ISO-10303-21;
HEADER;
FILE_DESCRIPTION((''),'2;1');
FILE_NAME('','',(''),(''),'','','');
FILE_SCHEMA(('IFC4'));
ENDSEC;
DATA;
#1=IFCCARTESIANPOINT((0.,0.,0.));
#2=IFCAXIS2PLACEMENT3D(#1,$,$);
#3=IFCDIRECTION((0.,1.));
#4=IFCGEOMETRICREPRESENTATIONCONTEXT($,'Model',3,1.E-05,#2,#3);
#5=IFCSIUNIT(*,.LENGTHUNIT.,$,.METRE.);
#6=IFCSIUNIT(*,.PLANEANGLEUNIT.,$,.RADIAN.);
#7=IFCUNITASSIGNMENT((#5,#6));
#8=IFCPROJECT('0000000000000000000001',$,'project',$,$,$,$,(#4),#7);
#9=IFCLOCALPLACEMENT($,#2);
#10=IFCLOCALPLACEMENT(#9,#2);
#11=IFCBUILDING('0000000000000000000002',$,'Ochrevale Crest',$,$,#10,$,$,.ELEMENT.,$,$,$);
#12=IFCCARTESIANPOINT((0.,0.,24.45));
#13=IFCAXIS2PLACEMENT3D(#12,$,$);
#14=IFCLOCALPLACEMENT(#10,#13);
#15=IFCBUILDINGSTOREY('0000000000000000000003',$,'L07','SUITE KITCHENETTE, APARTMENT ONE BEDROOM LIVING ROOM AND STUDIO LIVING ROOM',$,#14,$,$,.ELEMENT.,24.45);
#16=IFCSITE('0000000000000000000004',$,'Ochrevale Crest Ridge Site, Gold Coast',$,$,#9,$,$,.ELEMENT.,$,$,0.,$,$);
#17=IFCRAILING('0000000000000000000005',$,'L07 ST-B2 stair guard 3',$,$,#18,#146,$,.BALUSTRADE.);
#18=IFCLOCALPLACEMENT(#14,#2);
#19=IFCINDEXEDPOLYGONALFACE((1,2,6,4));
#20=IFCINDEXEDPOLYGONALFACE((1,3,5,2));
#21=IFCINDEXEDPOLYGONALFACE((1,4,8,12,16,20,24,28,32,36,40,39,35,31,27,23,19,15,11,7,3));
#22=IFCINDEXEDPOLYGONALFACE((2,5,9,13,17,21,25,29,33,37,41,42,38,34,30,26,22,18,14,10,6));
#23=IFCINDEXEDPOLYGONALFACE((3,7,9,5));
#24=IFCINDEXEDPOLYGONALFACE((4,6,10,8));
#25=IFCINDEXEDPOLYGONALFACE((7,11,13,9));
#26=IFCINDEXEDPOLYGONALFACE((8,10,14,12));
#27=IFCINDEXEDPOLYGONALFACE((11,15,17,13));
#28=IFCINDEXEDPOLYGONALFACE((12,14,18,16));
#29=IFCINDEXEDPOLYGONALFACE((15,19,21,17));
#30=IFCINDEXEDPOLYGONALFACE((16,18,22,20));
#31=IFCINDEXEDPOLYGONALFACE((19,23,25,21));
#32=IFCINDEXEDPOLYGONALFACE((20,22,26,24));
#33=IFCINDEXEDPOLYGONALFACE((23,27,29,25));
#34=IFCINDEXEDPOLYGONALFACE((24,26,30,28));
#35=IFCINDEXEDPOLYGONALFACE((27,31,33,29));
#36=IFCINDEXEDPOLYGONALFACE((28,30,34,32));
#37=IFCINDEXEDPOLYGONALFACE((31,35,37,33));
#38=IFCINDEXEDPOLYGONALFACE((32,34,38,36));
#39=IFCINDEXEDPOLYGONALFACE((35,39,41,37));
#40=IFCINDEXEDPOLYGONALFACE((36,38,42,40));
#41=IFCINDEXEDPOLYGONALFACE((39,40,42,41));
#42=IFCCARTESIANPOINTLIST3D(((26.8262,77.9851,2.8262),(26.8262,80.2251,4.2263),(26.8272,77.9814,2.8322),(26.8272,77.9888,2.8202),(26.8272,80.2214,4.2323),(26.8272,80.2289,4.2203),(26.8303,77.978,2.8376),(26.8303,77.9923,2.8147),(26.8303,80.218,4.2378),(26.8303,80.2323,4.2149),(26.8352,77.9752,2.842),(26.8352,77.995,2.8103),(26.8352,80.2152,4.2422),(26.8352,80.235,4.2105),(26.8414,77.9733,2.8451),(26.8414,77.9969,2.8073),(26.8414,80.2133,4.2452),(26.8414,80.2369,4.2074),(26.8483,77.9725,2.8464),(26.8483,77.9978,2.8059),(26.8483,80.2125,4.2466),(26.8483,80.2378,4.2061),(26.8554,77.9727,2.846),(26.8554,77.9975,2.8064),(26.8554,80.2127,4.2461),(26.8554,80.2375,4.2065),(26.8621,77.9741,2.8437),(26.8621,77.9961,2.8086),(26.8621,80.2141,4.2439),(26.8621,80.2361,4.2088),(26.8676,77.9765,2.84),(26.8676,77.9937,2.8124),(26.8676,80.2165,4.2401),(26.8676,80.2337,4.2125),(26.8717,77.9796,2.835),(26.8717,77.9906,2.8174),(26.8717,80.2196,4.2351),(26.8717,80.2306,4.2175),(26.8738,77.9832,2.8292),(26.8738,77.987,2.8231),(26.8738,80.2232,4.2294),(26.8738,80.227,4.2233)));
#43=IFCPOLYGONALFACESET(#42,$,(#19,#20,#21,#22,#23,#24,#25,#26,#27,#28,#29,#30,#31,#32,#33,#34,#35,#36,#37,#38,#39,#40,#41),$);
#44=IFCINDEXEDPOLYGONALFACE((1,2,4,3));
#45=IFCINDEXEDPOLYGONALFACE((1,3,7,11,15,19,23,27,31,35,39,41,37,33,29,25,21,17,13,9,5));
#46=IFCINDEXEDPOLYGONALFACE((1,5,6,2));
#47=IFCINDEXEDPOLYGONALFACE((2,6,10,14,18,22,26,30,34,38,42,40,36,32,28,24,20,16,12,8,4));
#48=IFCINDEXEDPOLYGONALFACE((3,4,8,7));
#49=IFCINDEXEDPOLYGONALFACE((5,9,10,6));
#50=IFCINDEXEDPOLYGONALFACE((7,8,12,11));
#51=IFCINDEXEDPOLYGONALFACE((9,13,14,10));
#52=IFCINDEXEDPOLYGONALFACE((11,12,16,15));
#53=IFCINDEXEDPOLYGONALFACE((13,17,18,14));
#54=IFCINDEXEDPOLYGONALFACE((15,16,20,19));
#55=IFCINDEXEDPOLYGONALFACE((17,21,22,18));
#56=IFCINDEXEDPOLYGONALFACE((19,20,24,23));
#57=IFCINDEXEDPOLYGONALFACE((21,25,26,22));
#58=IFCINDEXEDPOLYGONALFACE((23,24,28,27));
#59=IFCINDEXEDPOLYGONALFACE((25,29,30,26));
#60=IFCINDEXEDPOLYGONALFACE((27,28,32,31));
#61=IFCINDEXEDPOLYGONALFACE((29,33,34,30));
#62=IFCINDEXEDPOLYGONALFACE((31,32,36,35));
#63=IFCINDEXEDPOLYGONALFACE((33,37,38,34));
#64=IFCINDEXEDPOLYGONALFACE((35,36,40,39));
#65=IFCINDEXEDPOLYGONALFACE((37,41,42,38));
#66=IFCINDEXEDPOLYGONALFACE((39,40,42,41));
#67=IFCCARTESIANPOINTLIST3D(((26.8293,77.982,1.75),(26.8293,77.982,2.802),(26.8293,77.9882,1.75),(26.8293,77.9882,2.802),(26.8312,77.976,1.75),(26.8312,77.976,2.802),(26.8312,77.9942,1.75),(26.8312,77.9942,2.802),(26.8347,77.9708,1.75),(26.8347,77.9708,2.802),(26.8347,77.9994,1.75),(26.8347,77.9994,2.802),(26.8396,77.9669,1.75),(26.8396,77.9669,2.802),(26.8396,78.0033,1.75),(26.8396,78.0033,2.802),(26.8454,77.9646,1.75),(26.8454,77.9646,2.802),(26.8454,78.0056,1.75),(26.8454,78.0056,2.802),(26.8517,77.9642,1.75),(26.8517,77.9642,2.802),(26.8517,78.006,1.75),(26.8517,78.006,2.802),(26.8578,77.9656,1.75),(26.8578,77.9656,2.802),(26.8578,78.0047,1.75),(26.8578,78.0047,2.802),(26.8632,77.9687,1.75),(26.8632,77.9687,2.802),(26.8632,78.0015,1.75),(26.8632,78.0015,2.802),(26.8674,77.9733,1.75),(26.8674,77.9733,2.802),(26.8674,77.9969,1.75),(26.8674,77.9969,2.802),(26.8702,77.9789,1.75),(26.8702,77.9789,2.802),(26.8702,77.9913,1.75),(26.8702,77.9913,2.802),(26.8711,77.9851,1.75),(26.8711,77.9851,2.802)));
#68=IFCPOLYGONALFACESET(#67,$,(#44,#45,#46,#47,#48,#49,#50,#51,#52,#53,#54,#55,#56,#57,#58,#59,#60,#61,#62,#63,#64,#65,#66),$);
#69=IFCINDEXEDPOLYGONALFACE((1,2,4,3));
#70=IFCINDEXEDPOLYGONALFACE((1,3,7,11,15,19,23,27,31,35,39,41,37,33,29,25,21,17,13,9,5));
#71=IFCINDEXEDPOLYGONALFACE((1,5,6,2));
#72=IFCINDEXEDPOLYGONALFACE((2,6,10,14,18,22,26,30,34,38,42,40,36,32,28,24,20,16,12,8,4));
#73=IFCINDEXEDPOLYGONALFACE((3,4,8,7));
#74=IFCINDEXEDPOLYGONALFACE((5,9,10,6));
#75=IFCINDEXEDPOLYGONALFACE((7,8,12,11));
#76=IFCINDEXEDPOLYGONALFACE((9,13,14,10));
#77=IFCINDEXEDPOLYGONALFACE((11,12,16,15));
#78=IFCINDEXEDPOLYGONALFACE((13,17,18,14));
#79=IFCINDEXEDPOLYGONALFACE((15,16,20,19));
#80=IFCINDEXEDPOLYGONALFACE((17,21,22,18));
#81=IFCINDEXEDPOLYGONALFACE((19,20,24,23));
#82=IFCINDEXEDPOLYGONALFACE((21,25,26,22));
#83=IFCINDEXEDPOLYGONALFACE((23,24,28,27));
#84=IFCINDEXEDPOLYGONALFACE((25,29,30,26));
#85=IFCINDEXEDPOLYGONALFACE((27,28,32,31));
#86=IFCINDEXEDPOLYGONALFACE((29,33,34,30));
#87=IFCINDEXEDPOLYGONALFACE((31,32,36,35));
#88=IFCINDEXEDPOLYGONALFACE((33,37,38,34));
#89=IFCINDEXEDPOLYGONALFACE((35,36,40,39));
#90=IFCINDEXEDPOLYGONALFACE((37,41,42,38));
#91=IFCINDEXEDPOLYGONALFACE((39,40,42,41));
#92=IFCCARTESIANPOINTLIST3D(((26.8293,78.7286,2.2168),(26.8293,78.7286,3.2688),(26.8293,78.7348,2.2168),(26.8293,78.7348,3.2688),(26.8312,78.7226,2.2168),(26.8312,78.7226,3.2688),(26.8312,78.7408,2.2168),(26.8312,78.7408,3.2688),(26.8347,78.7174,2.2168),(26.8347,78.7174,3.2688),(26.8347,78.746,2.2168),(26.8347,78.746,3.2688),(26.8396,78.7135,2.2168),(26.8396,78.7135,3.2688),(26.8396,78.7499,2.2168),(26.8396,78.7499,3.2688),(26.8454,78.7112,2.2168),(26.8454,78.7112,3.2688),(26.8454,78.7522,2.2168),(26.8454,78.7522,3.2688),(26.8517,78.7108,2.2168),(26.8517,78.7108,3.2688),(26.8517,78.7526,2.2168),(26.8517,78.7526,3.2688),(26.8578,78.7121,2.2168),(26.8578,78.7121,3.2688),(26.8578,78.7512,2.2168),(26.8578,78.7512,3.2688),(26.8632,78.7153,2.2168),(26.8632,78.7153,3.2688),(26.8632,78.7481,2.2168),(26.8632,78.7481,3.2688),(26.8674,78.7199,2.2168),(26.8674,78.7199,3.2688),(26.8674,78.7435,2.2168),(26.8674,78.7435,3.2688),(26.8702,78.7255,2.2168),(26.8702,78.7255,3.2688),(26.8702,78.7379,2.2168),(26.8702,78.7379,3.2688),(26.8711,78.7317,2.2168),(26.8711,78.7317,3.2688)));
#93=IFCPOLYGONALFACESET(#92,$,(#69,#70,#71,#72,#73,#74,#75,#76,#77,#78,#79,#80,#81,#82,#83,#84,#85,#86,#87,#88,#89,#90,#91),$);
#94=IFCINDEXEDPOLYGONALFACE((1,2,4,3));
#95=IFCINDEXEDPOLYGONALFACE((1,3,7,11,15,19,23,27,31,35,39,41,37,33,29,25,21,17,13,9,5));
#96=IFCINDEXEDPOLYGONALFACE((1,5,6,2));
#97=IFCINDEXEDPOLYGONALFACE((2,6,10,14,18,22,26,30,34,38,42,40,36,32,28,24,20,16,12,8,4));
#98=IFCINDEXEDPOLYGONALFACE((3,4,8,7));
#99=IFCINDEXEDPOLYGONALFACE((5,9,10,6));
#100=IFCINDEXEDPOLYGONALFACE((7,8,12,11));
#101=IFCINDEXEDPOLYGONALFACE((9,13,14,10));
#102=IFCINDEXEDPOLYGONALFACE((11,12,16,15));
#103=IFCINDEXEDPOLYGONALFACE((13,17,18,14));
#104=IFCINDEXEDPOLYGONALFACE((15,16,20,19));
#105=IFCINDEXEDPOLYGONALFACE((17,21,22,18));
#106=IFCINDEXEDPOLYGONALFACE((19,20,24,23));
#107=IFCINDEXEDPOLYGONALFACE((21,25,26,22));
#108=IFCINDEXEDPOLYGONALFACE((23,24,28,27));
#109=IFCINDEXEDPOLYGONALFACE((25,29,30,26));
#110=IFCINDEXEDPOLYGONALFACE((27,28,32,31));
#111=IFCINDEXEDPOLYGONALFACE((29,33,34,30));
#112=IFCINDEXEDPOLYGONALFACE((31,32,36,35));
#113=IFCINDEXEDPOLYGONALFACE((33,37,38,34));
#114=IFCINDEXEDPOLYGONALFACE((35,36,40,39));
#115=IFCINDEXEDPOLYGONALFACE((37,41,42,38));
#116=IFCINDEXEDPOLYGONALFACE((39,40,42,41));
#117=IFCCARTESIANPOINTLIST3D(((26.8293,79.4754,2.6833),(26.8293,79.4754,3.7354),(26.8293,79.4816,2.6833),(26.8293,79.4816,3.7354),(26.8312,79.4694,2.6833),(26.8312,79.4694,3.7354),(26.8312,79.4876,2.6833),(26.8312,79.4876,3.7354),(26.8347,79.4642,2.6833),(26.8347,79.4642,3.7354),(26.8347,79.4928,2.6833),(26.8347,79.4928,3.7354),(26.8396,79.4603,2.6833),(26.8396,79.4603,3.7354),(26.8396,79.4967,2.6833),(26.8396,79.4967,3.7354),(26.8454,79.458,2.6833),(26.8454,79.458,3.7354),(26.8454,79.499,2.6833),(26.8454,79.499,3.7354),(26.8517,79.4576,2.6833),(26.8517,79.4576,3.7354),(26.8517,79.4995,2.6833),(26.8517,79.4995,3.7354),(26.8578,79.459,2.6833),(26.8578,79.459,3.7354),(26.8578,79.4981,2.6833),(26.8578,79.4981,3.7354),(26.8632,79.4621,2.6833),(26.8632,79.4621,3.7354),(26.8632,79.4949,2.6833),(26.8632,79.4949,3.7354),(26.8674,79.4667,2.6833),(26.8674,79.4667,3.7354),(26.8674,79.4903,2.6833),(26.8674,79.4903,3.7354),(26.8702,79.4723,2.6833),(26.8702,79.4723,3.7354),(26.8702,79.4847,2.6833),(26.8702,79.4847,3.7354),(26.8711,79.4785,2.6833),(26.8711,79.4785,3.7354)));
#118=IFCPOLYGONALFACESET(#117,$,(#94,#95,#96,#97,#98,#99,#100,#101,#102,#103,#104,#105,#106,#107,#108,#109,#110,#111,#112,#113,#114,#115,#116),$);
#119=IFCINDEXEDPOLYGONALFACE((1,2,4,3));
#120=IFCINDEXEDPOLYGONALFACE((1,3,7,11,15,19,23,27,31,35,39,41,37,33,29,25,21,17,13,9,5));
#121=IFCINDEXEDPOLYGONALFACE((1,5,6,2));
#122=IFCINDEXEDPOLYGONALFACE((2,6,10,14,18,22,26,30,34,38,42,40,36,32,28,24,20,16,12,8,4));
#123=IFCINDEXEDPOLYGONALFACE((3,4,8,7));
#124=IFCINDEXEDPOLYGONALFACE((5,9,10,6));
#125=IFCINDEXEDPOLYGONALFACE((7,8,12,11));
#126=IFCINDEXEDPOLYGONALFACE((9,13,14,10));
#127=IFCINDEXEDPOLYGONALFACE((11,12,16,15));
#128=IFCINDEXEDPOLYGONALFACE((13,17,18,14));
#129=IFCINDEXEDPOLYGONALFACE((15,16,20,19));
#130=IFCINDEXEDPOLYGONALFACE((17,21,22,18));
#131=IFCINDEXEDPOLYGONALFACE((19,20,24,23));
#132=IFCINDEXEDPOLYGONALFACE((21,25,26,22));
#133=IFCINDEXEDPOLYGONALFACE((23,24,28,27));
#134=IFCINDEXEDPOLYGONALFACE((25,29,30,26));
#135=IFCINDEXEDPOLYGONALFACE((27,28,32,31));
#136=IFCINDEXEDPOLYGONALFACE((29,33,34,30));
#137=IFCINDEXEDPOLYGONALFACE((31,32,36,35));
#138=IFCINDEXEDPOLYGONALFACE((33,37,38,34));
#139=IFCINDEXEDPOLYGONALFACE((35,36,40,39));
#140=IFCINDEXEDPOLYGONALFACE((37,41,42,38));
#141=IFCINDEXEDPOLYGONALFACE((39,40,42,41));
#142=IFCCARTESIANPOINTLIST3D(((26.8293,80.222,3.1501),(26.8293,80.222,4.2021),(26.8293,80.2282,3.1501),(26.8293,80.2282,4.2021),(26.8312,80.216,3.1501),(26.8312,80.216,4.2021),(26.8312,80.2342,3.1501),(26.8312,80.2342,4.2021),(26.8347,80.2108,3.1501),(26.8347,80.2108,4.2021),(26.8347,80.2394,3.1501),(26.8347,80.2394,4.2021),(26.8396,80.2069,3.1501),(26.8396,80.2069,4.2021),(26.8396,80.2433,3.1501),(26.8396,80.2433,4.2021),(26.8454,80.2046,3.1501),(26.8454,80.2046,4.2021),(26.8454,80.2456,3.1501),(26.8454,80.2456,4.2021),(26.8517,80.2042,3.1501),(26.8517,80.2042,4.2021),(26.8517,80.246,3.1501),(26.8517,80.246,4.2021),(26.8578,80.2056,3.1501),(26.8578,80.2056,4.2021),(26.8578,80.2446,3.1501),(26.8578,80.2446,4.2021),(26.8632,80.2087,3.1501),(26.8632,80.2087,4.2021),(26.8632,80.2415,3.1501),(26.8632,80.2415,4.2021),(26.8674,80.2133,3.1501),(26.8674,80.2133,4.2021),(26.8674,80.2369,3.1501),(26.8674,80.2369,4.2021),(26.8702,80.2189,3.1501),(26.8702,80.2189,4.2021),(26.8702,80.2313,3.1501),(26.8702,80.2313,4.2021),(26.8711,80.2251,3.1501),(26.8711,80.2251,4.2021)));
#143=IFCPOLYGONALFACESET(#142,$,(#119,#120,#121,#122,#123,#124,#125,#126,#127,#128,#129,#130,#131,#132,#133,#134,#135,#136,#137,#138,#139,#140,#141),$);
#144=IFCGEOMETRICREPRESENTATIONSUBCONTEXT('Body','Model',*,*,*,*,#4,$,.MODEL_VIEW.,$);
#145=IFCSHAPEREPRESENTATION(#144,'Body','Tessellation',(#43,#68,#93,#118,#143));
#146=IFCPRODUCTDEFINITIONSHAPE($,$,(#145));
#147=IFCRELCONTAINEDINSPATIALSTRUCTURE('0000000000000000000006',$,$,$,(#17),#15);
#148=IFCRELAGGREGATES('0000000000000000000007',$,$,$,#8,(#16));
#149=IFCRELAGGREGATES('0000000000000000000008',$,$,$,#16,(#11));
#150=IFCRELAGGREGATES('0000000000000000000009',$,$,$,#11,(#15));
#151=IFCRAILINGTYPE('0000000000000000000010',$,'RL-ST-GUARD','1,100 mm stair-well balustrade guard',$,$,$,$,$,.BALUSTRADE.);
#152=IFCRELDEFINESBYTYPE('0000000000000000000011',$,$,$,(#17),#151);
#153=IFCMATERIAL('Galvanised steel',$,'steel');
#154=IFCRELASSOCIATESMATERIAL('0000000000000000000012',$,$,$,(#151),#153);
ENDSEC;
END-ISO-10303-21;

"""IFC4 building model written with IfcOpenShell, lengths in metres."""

from ifc_helpers import new_model, si_unit, direction, frame, origin, origin_2d, place, context, subcontext, project, spatial, circle, extrude, material, type_object, element, save


model = new_model("IFC4")

# Units and contexts
model_context = context("Model", 3, precision=1e-05, world=origin(), true_north=direction((0.0, 1.0)))
body_context = subcontext(model_context, "Body", "Model", "MODEL_VIEW")
ifc_project = project(units=[si_unit("LENGTHUNIT", "METRE"), si_unit("PLANEANGLEUNIT", "RADIAN")], contexts=[model_context])

# Site, building, storey
site_placement = place(None, origin())
site = spatial("IfcSite", under=ifc_project, at=site_placement, Name="Ochrevale Crest Ridge Site, Gold Coast", CompositionType="ELEMENT", RefElevation=0.0)
building_placement = place(site_placement, origin())
building = spatial("IfcBuilding", under=site, at=building_placement, Name="Ochrevale Crest", CompositionType="ELEMENT")
storey_placement = place(building_placement, frame((0.0, 0.0, 24.45)))
storey = spatial("IfcBuildingStorey", under=building, at=storey_placement, Name="L07", Description="SUITE KITCHENETTE, APARTMENT ONE BEDROOM LIVING ROOM AND STUDIO LIVING ROOM", CompositionType="ELEMENT", Elevation=24.45)

# Railing
ifc_material_1 = material(Name="Galvanised steel", Category="steel")
railing_type_1 = type_object("IfcRailingType", Name="RL-ST-GUARD", Description="1,100 mm stair-well balustrade guard", PredefinedType="BALUSTRADE", material=ifc_material_1)
railing_1_placement = place(storey_placement, frame((26.8501, 77.9851, 1.75)))
element("IfcRailing", 1, at=railing_1_placement, inside=storey, type_object=railing_type_1, Name="L07 ST-B2 stair guard 3", PredefinedType="BALUSTRADE", context=body_context, shape_type="SweptSolid", body=[
    extrude(circle(Radius=0.0239, at=origin_2d()), frame((0.0, 0.0, 1.0762), z_axis=(0.0, 0.847972, 0.53004), x_axis=(-1.0, 0.0, 0.0)), (0.0, 0.0, 1.0), 2.6416),
    extrude(circle(Radius=0.021, at=origin_2d()), origin(), (0.0, 0.0, 1.0), 1.052),
    extrude(circle(Radius=0.021, at=origin_2d()), frame((0.0, 0.7466, 0.4668)), (0.0, 0.0, 1.0), 1.052),
    extrude(circle(Radius=0.021, at=origin_2d()), frame((0.0, 1.4934, 0.9333)), (0.0, 0.0, 1.0), 1.052),
    extrude(circle(Radius=0.021, at=origin_2d()), frame((0.0, 2.24, 1.4001)), (0.0, 0.0, 1.0), 1.052),
])

save(model, "model.ifc")
